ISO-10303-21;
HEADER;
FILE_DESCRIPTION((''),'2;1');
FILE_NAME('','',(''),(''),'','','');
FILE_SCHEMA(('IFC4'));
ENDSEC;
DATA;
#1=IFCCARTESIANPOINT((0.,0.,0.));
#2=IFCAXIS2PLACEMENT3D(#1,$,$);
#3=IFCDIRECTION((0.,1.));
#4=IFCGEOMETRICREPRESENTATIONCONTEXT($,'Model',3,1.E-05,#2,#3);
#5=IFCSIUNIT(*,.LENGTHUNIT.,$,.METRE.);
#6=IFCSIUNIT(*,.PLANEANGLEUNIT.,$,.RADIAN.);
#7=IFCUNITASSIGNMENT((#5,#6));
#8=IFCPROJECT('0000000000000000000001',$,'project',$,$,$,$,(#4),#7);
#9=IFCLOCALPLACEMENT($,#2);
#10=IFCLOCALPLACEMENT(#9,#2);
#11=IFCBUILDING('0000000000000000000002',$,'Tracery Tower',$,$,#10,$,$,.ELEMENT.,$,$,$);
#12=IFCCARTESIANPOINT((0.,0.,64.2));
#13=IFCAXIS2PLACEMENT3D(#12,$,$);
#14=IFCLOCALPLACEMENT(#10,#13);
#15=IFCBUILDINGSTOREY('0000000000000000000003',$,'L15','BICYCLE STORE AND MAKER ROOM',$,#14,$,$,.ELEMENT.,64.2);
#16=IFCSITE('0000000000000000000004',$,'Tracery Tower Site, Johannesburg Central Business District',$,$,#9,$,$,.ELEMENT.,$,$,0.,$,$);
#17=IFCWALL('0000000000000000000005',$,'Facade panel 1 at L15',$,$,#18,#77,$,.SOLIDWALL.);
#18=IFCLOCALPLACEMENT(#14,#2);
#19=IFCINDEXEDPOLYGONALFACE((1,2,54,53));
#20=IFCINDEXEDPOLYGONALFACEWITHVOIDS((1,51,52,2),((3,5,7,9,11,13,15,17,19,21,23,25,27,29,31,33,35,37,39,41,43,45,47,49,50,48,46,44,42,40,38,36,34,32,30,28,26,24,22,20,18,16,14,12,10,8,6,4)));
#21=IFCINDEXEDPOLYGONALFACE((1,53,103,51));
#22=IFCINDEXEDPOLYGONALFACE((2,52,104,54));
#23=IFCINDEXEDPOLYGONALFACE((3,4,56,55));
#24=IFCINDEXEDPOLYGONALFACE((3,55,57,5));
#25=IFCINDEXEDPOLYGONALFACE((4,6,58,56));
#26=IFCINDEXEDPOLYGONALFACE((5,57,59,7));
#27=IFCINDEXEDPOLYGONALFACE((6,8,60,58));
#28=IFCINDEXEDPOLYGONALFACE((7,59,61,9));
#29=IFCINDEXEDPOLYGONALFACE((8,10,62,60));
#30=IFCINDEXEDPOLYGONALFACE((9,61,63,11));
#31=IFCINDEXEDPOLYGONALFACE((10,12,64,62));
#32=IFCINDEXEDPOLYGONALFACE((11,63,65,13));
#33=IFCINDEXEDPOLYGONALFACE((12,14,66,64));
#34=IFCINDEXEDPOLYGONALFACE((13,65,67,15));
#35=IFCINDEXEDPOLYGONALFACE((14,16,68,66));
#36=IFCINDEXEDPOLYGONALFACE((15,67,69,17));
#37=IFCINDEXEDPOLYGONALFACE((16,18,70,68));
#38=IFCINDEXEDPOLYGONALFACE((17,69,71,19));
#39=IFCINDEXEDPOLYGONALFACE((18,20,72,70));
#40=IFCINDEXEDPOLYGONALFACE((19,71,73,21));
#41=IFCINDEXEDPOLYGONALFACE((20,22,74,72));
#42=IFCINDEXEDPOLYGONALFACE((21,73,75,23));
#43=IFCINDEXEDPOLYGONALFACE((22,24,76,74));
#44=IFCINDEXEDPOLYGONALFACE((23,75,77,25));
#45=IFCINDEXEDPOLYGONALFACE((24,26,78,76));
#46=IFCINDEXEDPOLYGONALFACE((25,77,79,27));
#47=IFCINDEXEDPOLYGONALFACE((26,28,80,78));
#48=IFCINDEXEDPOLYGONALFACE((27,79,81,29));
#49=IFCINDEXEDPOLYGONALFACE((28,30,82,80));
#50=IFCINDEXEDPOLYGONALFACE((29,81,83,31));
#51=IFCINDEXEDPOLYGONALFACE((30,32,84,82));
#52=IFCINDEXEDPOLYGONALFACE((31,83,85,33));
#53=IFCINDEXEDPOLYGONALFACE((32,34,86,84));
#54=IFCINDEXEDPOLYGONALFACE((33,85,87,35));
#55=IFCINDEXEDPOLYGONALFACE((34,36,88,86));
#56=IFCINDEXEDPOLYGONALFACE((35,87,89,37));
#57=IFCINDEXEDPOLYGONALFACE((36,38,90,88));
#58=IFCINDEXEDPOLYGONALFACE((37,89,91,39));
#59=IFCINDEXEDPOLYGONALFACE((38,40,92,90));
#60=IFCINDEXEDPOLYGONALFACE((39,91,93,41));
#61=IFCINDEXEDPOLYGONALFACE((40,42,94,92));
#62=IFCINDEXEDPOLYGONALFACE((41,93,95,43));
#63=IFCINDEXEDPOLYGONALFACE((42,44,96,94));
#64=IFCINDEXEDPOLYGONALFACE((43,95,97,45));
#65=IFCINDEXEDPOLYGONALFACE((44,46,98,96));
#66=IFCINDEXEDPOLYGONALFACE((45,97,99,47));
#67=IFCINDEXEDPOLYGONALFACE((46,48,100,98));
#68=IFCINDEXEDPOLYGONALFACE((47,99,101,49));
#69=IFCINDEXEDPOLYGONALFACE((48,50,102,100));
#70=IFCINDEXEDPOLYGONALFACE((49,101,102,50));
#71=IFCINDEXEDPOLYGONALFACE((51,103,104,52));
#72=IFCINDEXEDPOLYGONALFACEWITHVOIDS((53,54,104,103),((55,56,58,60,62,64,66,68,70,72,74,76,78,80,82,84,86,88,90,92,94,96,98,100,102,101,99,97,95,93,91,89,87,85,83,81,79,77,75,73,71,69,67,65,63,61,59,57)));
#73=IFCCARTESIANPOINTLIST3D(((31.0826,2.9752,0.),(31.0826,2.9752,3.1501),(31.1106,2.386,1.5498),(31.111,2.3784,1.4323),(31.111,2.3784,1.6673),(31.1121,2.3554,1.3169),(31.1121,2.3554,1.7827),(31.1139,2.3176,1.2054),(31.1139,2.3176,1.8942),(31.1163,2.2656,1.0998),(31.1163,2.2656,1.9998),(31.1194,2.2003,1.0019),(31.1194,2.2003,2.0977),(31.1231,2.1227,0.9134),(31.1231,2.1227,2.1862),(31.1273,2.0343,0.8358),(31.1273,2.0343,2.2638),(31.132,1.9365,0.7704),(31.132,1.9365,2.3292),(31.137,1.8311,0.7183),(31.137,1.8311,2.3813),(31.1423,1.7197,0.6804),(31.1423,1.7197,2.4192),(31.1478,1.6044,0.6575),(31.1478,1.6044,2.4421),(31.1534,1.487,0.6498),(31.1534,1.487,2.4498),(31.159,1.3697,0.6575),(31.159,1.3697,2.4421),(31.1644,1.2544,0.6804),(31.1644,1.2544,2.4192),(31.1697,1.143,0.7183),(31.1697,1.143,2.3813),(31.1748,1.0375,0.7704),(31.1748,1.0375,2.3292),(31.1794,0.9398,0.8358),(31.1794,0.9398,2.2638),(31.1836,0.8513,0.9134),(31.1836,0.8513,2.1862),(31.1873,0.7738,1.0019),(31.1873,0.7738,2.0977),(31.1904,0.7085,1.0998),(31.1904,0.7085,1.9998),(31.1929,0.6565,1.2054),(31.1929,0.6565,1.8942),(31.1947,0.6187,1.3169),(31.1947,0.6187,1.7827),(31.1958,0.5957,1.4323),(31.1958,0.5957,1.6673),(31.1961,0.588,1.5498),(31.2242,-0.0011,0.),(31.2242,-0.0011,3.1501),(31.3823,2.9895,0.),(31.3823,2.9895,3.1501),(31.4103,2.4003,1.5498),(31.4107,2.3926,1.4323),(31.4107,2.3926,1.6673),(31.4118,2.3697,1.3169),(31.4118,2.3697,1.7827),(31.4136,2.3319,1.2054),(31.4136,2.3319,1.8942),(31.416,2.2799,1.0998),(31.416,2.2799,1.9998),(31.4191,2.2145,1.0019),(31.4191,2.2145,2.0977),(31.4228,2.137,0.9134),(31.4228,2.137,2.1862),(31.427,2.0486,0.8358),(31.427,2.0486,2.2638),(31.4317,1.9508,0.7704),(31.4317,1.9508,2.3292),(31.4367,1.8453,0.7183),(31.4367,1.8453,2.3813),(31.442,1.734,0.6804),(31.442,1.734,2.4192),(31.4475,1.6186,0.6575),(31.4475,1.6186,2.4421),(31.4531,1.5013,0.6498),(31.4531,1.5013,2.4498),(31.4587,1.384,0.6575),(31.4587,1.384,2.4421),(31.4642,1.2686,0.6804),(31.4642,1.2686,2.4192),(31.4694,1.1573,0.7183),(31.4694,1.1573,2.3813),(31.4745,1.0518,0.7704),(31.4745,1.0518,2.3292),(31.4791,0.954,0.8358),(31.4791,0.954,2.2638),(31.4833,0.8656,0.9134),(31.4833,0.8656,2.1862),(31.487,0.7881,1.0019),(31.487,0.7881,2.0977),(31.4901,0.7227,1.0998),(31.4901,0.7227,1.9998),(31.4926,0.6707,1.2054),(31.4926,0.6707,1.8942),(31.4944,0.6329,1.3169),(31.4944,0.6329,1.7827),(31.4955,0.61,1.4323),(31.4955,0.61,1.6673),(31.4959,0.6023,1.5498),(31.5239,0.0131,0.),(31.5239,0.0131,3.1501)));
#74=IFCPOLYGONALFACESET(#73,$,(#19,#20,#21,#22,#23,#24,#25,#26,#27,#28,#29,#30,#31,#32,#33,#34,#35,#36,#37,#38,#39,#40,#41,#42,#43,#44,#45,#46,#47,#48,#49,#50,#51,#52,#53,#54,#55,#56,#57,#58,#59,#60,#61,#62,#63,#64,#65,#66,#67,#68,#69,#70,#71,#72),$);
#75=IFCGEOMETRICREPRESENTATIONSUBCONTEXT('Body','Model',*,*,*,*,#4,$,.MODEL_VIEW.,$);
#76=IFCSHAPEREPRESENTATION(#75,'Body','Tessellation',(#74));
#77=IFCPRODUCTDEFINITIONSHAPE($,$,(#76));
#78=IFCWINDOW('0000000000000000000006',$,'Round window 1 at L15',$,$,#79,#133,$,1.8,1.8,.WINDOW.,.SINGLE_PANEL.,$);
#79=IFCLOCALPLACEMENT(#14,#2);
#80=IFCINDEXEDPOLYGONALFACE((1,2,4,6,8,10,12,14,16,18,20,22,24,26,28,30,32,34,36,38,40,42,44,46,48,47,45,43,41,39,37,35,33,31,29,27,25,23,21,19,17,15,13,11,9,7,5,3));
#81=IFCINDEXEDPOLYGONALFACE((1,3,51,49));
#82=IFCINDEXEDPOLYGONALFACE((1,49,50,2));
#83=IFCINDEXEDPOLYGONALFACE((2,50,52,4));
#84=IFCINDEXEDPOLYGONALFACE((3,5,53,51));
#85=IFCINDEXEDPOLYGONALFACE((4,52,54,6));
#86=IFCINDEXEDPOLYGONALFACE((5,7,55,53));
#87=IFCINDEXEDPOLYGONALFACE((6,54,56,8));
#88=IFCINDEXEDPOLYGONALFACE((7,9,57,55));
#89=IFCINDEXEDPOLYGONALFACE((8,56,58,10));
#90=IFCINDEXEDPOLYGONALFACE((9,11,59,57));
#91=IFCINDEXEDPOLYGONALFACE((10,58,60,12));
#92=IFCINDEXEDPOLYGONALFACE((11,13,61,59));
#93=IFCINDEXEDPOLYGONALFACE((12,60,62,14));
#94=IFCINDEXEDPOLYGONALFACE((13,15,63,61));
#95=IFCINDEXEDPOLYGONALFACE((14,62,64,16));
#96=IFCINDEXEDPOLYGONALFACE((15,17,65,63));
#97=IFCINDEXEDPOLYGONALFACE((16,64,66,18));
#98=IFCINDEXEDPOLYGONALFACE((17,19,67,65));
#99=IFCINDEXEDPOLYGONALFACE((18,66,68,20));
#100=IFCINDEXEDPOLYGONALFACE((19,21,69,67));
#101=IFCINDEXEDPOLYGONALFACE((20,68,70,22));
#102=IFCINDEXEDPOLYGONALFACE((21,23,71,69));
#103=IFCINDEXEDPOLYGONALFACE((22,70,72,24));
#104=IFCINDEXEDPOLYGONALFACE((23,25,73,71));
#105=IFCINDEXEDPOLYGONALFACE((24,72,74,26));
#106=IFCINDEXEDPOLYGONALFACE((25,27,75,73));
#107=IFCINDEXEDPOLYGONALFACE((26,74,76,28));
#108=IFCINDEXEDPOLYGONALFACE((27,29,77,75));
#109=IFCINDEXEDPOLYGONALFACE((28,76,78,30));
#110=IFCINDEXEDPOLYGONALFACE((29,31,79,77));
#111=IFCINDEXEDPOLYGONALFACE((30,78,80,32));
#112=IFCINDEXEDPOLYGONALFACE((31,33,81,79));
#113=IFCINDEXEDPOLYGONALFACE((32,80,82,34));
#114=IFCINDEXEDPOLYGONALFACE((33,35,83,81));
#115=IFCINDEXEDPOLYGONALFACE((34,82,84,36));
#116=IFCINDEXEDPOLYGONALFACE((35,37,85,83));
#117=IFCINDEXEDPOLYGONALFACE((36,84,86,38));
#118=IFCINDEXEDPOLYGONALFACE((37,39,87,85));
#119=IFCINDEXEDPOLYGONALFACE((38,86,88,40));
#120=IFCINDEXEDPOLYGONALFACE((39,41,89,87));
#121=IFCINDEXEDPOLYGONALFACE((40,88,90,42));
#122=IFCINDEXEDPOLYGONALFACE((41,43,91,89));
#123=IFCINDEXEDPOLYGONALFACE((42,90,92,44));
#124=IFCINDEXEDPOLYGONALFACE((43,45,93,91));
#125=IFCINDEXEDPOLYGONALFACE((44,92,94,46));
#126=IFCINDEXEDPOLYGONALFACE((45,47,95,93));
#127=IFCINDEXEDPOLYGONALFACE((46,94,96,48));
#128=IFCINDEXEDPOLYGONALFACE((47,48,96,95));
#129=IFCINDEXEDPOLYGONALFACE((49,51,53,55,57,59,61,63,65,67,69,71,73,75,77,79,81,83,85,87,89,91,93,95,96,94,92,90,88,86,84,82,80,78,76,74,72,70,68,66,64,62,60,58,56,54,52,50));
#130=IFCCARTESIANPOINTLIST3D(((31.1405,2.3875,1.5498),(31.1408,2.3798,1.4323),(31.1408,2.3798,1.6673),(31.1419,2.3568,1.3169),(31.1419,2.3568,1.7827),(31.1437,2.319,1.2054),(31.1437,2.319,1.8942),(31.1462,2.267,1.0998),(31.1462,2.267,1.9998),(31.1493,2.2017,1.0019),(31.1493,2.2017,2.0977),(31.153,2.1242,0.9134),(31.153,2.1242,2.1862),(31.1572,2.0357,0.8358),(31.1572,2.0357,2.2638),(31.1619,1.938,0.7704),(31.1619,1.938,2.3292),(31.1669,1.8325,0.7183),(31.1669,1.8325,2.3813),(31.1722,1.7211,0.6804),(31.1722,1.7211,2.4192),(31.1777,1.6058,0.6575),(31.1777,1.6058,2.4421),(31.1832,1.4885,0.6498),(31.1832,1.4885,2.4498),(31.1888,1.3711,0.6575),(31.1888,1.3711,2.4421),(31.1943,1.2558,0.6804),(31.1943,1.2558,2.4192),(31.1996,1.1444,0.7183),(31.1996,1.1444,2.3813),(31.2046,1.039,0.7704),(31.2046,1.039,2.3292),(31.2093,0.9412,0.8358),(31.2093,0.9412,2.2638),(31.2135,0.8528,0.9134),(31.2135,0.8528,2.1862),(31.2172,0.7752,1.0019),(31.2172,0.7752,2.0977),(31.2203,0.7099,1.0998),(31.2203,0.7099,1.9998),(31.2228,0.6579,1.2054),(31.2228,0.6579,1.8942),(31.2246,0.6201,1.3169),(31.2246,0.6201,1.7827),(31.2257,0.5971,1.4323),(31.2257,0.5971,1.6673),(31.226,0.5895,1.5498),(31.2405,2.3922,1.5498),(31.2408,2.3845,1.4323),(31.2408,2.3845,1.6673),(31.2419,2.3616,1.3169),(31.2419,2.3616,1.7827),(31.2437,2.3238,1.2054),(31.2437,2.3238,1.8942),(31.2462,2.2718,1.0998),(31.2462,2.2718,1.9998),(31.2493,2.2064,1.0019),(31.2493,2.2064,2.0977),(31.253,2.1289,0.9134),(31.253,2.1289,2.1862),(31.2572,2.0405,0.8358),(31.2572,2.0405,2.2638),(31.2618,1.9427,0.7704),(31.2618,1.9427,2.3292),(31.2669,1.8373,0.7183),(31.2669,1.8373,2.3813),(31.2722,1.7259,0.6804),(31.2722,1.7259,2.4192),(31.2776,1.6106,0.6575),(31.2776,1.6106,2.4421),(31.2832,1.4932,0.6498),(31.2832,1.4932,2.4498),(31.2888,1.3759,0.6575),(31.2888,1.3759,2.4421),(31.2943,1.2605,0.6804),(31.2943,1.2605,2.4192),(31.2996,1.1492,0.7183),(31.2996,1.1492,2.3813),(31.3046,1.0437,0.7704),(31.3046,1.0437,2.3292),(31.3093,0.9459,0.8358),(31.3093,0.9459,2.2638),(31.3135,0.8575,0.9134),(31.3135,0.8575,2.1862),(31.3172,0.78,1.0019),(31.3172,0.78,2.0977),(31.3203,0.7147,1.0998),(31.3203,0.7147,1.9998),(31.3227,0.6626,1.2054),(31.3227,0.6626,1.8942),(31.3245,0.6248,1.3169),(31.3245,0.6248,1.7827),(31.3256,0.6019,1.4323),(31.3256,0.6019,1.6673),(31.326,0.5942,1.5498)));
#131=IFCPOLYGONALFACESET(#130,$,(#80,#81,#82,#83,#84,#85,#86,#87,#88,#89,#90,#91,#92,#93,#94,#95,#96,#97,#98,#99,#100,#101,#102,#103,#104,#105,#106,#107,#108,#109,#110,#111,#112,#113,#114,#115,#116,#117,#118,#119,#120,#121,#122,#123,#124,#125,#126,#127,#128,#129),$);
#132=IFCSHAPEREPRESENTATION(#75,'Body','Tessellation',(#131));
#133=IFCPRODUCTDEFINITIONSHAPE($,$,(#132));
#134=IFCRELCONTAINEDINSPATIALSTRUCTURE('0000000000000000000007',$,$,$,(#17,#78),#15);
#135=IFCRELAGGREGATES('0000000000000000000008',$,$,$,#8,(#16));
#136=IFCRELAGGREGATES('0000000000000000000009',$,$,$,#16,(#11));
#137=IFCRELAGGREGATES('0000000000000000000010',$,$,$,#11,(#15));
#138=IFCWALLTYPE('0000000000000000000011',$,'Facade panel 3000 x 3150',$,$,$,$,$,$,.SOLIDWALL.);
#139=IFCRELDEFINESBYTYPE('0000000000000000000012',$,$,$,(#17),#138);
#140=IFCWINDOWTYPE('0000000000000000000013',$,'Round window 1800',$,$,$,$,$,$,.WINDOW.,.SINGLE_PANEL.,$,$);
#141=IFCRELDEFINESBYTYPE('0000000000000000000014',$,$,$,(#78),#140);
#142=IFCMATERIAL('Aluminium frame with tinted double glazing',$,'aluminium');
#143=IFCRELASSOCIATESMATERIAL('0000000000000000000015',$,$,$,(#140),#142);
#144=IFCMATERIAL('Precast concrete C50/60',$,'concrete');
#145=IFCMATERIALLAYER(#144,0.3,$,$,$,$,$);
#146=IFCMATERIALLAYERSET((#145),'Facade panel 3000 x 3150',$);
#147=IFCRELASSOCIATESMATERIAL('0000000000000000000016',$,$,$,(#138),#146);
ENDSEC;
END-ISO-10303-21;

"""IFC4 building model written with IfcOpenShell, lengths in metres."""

from ifc_helpers import new_model, si_unit, direction, frame, frame_2d, origin, origin_2d, place, context, subcontext, project, spatial, rectangle, circle, extrude, material, layer, layer_set, type_object, element, fill, save


model = new_model("IFC4")

# Units and contexts
model_context = context("Model", 3, precision=1e-05, world=origin(), true_north=direction((0.0, 1.0)))
body_context = subcontext(model_context, "Body", "Model", "MODEL_VIEW")
ifc_project = project(units=[si_unit("LENGTHUNIT", "METRE"), si_unit("PLANEANGLEUNIT", "RADIAN")], contexts=[model_context])

# Site, building, storey
site_placement = place(None, origin())
site = spatial("IfcSite", under=ifc_project, at=site_placement, Name="Tracery Tower Site, Johannesburg Central Business District", CompositionType="ELEMENT", RefElevation=0.0)
building_placement = place(site_placement, origin())
building = spatial("IfcBuilding", under=site, at=building_placement, Name="Tracery Tower", CompositionType="ELEMENT")
storey_placement = place(building_placement, frame((0.0, 0.0, 64.2)))
storey = spatial("IfcBuildingStorey", under=building, at=storey_placement, Name="L15", Description="BICYCLE STORE AND MAKER ROOM", CompositionType="ELEMENT", Elevation=64.2)

# Wall, opening, window
ifc_material_1 = material(Name="Aluminium frame with tinted double glazing", Category="aluminium")
window_type = type_object("IfcWindowType", Name="Round window 1800", PartitioningType="SINGLE_PANEL", PredefinedType="WINDOW", material=ifc_material_1)
ifc_material_2 = material(Name="Precast concrete C50/60", Category="concrete")
ifc_layer_1 = layer(ifc_material_2, 0.3)
ifc_layer_set_1 = layer_set([ifc_layer_1], Name="Facade panel 3000 x 3150")
wall_type_1 = type_object("IfcWallType", Name="Facade panel 3000 x 3150", PredefinedType="SOLIDWALL", material=ifc_layer_set_1)
wall_1_placement = place(storey_placement, frame((31.374, 0.0061, 0.0), z_axis=(0.0, 0.0, 1.0), x_axis=(-0.047522, 0.99887, 0.0)))
wall_1 = element("IfcWall", 1, at=wall_1_placement, inside=storey, type_object=wall_type_1, Name="Facade panel 1 at L15", PredefinedType="SOLIDWALL", context=body_context, shape_type="SweptSolid", body=[
    extrude(rectangle(XDim=2.9797, YDim=0.3, at=frame_2d((1.4897, 0.0))), origin(), (0.0, 0.0, 1.0), 3.1501),
])
opening_1_placement = place(wall_1_placement, frame((1.4897, 0.0, 1.5498)))
opening_1 = element("IfcOpeningElement", 2, at=opening_1_placement, cuts=wall_1, PredefinedType="OPENING", context=body_context, shape_type="SweptSolid", body=[
    extrude(circle(Radius=0.9, at=origin_2d()), frame((0.0, 0.1599, 0.0), z_axis=(0.0, -1.0, 0.0), x_axis=(1.0, 0.0, 0.0)), (0.0, 0.0, 1.0), 0.3201),
])
window_1_placement = place(opening_1_placement, origin())
window_1 = element("IfcWindow", 3, at=window_1_placement, inside=storey, type_object=window_type, Name="Round window 1 at L15", OverallHeight=1.8, OverallWidth=1.8, PartitioningType="SINGLE_PANEL", PredefinedType="WINDOW", context=body_context, shape_type="SweptSolid", body=[
    extrude(circle(Radius=0.9, at=origin_2d()), frame((0.0, 0.1201, 0.0), z_axis=(0.0, -1.0, 0.0), x_axis=(1.0, 0.0, 0.0)), (0.0, 0.0, 1.0), 0.1001),
])
fill(opening_1, window_1)

save(model, "model.ifc")
